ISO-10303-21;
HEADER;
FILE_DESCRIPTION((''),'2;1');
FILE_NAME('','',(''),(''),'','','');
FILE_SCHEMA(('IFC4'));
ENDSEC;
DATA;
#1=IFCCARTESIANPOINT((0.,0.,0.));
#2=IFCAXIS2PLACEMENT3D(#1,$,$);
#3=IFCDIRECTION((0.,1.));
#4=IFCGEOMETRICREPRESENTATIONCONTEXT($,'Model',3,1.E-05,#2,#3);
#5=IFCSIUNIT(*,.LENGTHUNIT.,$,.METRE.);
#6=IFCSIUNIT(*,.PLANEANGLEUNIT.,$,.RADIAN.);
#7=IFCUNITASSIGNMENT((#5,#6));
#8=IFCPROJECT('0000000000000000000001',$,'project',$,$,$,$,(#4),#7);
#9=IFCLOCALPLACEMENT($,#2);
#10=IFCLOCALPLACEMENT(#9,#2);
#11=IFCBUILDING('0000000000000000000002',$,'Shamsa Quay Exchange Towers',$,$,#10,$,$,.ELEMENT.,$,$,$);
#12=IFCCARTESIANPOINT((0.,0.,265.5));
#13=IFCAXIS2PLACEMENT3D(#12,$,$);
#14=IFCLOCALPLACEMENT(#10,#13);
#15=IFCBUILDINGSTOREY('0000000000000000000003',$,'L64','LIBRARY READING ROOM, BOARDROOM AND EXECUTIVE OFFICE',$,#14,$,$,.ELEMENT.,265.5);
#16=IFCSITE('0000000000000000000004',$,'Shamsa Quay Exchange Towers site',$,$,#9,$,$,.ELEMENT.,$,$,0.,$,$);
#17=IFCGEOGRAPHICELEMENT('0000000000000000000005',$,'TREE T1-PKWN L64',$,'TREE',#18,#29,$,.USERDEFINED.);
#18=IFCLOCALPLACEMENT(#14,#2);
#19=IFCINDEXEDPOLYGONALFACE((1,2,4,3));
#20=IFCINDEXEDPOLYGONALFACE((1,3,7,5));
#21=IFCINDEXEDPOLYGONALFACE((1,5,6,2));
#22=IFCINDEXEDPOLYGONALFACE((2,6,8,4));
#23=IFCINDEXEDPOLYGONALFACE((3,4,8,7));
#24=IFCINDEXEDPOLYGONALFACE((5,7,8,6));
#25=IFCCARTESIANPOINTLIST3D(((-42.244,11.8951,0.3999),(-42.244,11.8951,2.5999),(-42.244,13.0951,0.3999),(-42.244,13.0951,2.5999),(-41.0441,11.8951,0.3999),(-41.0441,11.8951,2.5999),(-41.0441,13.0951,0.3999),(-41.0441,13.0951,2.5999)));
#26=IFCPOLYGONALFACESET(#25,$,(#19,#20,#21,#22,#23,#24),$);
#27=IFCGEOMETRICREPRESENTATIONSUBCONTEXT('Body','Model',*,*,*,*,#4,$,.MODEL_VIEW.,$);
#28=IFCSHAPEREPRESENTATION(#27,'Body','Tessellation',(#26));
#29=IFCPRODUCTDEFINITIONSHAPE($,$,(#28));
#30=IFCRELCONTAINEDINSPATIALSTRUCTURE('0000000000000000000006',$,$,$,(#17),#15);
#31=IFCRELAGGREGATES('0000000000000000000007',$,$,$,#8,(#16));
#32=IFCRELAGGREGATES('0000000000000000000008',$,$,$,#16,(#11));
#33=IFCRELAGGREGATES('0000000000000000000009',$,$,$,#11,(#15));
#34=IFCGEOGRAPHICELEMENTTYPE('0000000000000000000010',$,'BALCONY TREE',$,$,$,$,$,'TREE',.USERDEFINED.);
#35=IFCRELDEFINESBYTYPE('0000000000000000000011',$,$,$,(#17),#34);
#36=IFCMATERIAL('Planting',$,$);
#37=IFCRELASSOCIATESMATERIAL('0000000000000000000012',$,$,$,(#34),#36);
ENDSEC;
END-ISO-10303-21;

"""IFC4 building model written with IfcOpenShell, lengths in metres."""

from ifc_helpers import new_model, si_unit, direction, frame, origin, origin_2d, place, context, subcontext, project, spatial, rectangle, extrude, material, type_object, element, save


model = new_model("IFC4")

# Units and contexts
model_context = context("Model", 3, precision=1e-05, world=origin(), true_north=direction((0.0, 1.0)))
body_context = subcontext(model_context, "Body", "Model", "MODEL_VIEW")
ifc_project = project(units=[si_unit("LENGTHUNIT", "METRE"), si_unit("PLANEANGLEUNIT", "RADIAN")], contexts=[model_context])

# Site, building, storey
site_placement = place(None, origin())
site = spatial("IfcSite", under=ifc_project, at=site_placement, Name="Shamsa Quay Exchange Towers site", CompositionType="ELEMENT", RefElevation=0.0)
building_placement = place(site_placement, origin())
building = spatial("IfcBuilding", under=site, at=building_placement, Name="Shamsa Quay Exchange Towers", CompositionType="ELEMENT")
storey_placement = place(building_placement, frame((0.0, 0.0, 265.5)))
storey = spatial("IfcBuildingStorey", under=building, at=storey_placement, Name="L64", Description="LIBRARY READING ROOM, BOARDROOM AND EXECUTIVE OFFICE", CompositionType="ELEMENT", Elevation=265.5)

# Geographic element
ifc_material_1 = material(Name="Planting")
geographic_element_type = type_object("IfcGeographicElementType", Name="BALCONY TREE", ElementType="TREE", PredefinedType="USERDEFINED", material=ifc_material_1)
geographic_element_placement = place(storey_placement, frame((-41.644, 12.4951, 0.3999), z_axis=(0.0, 0.0, 1.0), x_axis=(-1.0, 0.0, 0.0)))
element("IfcGeographicElement", 1, at=geographic_element_placement, inside=storey, type_object=geographic_element_type, Name="TREE T1-PKWN L64", ObjectType="TREE", PredefinedType="USERDEFINED", context=body_context, shape_type="SweptSolid", body=[
    extrude(rectangle(XDim=1.2, YDim=1.2, at=origin_2d()), origin(), (0.0, 0.0, 1.0), 2.2),
])

save(model, "model.ifc")
